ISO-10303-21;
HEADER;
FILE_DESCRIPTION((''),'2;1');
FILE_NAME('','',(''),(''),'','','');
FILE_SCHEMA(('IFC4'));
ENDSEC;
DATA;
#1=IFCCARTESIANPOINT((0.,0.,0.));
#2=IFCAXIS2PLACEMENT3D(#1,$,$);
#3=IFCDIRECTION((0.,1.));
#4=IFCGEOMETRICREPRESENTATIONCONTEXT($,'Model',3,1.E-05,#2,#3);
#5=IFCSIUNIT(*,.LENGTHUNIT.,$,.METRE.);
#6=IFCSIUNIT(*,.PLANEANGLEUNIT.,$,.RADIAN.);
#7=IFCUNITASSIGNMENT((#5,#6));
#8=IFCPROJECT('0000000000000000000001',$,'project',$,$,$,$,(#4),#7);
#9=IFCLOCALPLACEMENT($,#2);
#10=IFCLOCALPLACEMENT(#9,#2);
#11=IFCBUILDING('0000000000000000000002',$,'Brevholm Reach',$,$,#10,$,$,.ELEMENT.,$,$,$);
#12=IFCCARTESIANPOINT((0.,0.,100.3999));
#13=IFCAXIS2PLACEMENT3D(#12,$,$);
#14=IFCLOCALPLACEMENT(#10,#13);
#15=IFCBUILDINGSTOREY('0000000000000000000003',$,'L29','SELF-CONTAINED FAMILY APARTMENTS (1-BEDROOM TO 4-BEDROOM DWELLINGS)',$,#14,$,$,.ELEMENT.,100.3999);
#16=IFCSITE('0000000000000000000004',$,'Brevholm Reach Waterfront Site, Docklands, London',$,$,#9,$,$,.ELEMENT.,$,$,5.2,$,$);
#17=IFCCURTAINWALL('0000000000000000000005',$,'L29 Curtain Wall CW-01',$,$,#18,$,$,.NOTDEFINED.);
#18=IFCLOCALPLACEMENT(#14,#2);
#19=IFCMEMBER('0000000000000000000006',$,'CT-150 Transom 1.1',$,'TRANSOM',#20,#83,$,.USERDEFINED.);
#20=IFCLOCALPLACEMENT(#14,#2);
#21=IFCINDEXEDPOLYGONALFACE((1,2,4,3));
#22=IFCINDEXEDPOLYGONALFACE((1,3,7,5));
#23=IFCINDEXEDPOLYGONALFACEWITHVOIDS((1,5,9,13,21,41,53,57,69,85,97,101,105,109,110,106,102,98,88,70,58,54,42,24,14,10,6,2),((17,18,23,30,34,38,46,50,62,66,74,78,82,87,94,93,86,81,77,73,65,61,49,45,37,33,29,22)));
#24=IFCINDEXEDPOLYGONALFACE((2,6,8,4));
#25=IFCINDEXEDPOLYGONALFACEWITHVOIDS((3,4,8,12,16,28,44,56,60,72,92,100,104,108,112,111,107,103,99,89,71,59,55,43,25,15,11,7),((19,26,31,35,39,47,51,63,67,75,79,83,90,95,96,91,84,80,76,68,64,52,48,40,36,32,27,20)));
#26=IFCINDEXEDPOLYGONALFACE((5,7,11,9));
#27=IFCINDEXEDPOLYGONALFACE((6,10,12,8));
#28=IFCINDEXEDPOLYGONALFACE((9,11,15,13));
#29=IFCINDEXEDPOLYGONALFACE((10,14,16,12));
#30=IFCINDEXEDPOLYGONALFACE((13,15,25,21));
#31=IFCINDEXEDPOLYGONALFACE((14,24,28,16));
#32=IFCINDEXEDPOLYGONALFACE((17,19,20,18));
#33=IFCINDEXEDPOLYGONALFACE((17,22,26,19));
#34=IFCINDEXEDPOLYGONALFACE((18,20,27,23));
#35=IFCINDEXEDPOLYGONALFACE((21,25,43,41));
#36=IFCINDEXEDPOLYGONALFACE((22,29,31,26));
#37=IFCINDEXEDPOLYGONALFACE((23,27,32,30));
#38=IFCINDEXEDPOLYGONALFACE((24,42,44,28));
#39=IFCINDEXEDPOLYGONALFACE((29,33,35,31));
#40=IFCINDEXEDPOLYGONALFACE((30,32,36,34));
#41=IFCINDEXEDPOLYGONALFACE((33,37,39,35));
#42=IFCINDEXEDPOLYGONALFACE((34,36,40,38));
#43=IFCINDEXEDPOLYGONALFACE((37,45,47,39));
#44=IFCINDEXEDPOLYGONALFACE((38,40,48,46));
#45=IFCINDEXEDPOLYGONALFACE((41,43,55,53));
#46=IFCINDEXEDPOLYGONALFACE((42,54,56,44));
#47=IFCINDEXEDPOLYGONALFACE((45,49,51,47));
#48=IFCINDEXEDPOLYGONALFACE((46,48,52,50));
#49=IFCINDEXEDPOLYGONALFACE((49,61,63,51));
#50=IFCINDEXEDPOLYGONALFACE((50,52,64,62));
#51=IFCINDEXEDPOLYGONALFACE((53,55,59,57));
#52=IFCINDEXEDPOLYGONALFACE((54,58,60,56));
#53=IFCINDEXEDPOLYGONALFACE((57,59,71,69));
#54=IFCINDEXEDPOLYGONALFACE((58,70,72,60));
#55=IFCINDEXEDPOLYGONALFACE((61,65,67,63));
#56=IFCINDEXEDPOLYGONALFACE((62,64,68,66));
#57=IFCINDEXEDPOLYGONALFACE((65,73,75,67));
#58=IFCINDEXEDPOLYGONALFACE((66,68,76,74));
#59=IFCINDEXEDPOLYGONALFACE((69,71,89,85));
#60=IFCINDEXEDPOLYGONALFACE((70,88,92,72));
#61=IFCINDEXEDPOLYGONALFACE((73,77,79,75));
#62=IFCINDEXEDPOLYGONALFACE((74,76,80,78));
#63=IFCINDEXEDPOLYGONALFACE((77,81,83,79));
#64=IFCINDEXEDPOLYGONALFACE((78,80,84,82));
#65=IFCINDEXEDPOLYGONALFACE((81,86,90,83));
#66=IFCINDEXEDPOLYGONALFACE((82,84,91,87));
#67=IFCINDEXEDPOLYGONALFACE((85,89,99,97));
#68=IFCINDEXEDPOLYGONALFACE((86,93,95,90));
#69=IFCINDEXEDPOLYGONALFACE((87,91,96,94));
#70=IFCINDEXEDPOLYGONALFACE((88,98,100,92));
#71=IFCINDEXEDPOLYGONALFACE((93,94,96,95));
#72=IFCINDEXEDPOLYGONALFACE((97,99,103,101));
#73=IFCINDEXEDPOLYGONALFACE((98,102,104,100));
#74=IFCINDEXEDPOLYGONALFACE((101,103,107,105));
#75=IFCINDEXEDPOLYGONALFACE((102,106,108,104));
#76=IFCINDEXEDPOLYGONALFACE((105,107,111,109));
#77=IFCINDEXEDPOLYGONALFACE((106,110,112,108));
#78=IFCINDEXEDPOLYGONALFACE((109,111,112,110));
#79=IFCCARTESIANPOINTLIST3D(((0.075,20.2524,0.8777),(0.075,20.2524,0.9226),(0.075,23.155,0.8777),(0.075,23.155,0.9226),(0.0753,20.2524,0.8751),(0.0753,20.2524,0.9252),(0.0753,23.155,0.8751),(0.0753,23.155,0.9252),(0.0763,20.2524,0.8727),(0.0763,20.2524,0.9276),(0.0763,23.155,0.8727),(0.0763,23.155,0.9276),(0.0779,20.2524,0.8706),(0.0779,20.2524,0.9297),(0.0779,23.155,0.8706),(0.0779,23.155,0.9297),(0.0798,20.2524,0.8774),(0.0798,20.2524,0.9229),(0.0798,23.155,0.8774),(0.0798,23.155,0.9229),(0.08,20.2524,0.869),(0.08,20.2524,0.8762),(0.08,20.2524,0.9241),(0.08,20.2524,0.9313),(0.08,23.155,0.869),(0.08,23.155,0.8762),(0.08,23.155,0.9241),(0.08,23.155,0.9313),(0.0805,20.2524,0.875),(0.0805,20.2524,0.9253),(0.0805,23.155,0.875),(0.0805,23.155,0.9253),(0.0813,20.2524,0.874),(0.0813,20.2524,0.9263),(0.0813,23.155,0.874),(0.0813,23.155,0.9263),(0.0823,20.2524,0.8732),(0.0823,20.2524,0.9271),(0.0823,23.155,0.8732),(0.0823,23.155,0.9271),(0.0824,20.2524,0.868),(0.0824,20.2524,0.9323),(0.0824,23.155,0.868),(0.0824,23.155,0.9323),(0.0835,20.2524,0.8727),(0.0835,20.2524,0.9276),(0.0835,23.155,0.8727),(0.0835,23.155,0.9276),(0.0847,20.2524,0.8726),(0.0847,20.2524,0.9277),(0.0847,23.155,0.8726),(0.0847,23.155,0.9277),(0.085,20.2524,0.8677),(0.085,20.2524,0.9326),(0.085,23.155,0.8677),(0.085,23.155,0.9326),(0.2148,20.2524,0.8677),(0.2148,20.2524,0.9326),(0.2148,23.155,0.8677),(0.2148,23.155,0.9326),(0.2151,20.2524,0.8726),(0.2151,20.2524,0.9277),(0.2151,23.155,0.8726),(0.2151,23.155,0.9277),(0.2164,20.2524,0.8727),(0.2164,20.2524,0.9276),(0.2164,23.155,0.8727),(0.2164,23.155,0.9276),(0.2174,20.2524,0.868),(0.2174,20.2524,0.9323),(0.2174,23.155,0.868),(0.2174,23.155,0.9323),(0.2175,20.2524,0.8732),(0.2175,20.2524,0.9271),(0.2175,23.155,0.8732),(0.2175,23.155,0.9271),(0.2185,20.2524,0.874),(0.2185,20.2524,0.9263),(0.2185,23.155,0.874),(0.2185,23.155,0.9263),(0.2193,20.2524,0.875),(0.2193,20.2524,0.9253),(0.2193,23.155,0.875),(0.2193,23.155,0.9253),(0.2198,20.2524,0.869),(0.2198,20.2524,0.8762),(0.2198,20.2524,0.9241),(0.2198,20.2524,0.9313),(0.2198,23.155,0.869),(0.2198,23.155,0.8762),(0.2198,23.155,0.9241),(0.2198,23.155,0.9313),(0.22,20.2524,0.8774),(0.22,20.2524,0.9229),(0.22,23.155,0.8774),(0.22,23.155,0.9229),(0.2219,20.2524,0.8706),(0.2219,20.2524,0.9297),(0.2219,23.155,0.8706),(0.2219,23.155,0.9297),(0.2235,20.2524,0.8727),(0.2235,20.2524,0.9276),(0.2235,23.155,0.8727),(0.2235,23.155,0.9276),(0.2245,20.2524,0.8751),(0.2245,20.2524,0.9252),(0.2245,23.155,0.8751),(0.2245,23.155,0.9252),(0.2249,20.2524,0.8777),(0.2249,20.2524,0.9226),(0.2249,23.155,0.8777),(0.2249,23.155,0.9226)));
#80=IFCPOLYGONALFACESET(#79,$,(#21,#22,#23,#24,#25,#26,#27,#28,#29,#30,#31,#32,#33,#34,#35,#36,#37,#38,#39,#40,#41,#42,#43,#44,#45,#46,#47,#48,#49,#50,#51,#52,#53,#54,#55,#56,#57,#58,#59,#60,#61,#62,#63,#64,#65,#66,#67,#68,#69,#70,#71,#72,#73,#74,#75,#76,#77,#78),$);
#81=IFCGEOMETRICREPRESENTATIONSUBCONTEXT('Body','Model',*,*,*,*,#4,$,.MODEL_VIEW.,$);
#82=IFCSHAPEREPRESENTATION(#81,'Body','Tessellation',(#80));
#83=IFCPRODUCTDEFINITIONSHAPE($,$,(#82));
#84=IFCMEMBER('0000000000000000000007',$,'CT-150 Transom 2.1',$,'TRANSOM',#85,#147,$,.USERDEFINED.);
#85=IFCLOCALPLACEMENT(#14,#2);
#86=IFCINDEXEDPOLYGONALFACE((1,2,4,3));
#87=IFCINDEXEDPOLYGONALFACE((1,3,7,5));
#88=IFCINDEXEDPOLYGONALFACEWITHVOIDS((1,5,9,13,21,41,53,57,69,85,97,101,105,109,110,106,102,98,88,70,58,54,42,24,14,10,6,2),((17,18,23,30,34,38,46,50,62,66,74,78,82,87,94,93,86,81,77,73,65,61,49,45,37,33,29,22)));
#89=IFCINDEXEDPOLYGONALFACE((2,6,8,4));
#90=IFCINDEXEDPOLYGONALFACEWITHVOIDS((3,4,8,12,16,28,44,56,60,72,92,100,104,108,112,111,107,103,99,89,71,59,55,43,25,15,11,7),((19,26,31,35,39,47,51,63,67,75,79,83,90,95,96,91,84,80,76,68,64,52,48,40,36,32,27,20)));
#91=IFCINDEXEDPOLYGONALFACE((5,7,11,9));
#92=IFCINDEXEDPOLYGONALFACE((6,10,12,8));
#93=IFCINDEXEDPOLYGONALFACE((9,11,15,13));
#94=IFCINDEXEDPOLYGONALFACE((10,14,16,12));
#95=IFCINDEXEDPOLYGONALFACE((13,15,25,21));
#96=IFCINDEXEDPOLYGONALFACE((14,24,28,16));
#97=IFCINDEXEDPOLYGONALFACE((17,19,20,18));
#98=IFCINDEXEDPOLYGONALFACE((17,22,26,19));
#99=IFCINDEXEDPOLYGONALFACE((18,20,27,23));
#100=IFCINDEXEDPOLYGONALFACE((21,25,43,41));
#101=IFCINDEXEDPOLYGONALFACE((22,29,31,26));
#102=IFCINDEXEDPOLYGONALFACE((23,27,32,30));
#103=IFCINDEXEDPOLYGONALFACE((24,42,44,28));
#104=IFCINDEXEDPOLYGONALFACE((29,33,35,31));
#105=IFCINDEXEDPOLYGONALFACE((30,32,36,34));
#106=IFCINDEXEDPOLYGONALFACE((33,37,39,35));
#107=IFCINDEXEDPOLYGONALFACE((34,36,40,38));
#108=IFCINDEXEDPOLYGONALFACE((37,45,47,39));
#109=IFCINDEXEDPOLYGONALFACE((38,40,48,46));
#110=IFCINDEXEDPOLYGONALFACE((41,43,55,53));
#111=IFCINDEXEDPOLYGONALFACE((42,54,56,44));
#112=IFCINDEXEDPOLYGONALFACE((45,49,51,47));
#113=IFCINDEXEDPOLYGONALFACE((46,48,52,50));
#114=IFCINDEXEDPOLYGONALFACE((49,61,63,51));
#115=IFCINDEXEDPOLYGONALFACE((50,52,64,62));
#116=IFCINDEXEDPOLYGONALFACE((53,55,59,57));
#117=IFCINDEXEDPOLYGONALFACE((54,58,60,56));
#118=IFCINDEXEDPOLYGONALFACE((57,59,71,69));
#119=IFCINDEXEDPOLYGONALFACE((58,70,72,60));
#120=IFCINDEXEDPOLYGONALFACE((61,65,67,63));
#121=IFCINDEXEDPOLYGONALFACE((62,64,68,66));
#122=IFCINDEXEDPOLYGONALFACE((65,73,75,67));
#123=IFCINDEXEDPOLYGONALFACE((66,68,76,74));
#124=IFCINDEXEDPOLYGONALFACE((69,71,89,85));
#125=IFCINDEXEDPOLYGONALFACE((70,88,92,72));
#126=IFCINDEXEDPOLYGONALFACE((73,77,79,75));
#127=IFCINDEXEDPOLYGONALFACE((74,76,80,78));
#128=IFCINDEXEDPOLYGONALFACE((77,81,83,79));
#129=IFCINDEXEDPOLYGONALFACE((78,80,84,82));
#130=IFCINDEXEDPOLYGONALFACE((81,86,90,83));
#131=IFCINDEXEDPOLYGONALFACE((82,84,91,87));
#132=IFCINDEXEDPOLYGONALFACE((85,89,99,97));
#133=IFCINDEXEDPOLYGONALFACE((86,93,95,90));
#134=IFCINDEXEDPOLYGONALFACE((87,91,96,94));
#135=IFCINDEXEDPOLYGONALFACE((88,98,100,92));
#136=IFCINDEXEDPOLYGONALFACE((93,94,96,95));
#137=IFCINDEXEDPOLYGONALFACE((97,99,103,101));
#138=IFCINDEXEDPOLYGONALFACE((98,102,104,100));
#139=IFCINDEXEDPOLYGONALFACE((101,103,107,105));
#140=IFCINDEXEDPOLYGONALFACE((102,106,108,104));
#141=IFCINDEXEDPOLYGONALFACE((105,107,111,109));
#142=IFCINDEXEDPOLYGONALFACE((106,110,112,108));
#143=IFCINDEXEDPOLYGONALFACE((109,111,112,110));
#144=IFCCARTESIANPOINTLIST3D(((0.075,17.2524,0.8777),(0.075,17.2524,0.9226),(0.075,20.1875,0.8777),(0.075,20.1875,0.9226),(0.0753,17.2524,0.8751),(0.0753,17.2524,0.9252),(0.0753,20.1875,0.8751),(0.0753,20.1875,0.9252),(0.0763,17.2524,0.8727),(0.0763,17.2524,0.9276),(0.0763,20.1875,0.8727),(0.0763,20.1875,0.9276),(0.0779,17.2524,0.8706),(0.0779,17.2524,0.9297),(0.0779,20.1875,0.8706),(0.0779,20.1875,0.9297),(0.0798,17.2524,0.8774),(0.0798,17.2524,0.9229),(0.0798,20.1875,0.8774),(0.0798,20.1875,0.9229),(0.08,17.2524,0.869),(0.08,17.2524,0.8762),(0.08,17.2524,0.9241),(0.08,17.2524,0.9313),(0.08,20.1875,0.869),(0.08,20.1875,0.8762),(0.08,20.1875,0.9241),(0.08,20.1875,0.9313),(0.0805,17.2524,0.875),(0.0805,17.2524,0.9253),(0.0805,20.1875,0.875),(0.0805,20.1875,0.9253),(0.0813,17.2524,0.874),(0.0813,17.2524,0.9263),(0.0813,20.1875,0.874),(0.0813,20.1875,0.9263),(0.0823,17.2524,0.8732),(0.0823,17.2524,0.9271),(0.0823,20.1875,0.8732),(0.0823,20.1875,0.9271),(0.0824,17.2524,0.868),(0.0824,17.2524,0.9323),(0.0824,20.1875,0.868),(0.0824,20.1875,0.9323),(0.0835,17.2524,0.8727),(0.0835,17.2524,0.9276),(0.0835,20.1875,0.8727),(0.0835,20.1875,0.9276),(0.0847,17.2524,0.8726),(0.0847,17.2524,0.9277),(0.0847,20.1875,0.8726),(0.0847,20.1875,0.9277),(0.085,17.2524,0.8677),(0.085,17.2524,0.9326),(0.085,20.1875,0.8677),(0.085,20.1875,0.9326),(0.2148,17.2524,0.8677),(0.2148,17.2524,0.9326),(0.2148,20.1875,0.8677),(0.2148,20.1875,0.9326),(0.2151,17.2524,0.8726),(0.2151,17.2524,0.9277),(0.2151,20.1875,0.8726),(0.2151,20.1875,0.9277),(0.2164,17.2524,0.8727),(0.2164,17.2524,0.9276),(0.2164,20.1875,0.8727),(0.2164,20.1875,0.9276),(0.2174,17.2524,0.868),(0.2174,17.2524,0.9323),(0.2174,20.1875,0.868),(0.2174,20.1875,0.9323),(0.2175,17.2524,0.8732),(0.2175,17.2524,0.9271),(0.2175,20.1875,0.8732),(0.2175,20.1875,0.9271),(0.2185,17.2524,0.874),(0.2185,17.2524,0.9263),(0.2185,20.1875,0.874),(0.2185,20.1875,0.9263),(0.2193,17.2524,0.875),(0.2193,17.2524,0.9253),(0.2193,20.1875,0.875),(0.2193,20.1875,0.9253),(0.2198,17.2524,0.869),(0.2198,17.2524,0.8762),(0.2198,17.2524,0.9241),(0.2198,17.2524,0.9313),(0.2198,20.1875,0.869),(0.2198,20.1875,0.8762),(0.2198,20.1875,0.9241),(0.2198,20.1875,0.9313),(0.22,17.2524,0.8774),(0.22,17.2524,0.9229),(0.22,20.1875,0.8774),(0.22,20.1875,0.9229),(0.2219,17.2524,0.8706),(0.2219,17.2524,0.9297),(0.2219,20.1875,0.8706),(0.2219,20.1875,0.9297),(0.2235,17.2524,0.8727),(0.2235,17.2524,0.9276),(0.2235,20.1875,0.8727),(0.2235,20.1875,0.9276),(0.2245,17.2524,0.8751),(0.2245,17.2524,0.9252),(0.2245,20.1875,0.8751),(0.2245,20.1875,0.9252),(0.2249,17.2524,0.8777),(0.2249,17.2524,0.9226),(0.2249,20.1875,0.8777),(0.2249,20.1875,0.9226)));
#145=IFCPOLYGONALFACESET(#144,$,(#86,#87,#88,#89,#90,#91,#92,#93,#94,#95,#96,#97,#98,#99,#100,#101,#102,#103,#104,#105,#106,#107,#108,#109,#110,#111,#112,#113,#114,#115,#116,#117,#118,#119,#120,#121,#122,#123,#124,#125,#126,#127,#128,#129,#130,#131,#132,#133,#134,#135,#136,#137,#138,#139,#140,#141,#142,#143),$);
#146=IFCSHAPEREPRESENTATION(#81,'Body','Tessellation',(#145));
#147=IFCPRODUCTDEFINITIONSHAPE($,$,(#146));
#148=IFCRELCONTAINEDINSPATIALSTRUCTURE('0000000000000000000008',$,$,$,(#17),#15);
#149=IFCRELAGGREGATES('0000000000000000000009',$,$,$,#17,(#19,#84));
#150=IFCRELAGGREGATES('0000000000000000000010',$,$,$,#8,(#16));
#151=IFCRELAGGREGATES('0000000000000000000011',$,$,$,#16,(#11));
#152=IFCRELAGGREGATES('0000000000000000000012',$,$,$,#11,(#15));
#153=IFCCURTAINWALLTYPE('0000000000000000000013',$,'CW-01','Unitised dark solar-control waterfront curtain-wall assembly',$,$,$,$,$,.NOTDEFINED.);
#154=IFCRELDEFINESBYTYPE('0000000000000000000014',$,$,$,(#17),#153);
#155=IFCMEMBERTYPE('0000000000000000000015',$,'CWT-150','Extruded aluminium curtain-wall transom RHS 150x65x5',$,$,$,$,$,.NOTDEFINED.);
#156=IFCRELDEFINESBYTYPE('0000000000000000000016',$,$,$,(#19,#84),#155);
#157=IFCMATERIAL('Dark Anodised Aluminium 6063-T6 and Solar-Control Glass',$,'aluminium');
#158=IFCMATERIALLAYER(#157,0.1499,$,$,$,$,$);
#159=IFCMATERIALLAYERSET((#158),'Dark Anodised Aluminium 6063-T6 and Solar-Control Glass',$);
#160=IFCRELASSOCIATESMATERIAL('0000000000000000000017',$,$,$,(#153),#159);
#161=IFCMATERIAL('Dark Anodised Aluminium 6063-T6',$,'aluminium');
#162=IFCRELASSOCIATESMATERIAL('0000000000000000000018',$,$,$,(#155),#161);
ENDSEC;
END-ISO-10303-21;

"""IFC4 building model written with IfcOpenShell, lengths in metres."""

from ifc_helpers import new_model, si_unit, direction, frame, origin, origin_2d, place, context, subcontext, project, spatial, hollow_rectangle, extrude, material, layer, layer_set, material_profile, profile_set, type_object, element, aggregate, save


model = new_model("IFC4")

# Units and contexts
model_context = context("Model", 3, precision=1e-05, world=origin(), true_north=direction((0.0, 1.0)))
body_context = subcontext(model_context, "Body", "Model", "MODEL_VIEW")
ifc_project = project(units=[si_unit("LENGTHUNIT", "METRE"), si_unit("PLANEANGLEUNIT", "RADIAN")], contexts=[model_context])

# Site, building, storey
site_placement = place(None, origin())
site = spatial("IfcSite", under=ifc_project, at=site_placement, Name="Brevholm Reach Waterfront Site, Docklands, London", CompositionType="ELEMENT", RefElevation=5.2)
building_placement = place(site_placement, origin())
building = spatial("IfcBuilding", under=site, at=building_placement, Name="Brevholm Reach", CompositionType="ELEMENT")
storey_placement = place(building_placement, frame((0.0, 0.0, 100.3999)))
storey = spatial("IfcBuildingStorey", under=building, at=storey_placement, Name="L29", Description="SELF-CONTAINED FAMILY APARTMENTS (1-BEDROOM TO 4-BEDROOM DWELLINGS)", CompositionType="ELEMENT", Elevation=100.3999)

# Curtain wall, members
ifc_material_1 = material(Name="Dark Anodised Aluminium 6063-T6 and Solar-Control Glass", Category="aluminium")
ifc_layer_1 = layer(ifc_material_1, 0.1499)
ifc_layer_set_1 = layer_set([ifc_layer_1], Name="Dark Anodised Aluminium 6063-T6 and Solar-Control Glass")
curtain_wall_type = type_object("IfcCurtainWallType", Name="CW-01", Description="Unitised dark solar-control waterfront curtain-wall assembly", PredefinedType="NOTDEFINED", material=ifc_layer_set_1)
curtain_wall_placement = place(storey_placement, origin())
curtain_wall = element("IfcCurtainWall", 1, at=curtain_wall_placement, inside=storey, type_object=curtain_wall_type, Name="L29 Curtain Wall CW-01", PredefinedType="NOTDEFINED")
ifc_material_2 = material(Name="Dark Anodised Aluminium 6063-T6", Category="aluminium")
ifc_material_profile_1 = material_profile(ifc_material_2, hollow_rectangle(XDim=0.0649, YDim=0.1499, WallThickness=0.0049, InnerFilletRadius=0.0049, OuterFilletRadius=0.01, at=origin_2d()), Name="RHS 150x65x5")
ifc_profile_set_1 = profile_set([ifc_material_profile_1], Name="Dark Anodised Aluminium 6063-T6")
member_type_1 = type_object("IfcMemberType", Name="CWT-150", Description="Extruded aluminium curtain-wall transom RHS 150x65x5", PredefinedType="NOTDEFINED", material=ifc_profile_set_1)
member_1_placement = place(storey_placement, frame((0.1499, 23.155, 0.9001), z_axis=(0.0, -1.0, 0.0), x_axis=(0.0, 0.0, 1.0)))
member_1 = element("IfcMember", 2, at=member_1_placement, type_object=member_type_1, Name="CT-150 Transom 1.1", ObjectType="TRANSOM", PredefinedType="USERDEFINED", context=body_context, shape_type="SweptSolid", body=[
    extrude(hollow_rectangle(XDim=0.0649, YDim=0.1499, WallThickness=0.0049, InnerFilletRadius=0.0049, OuterFilletRadius=0.01, at=origin_2d()), origin(), (0.0, 0.0, 1.0), 2.9026),
])
member_2_placement = place(storey_placement, frame((0.1499, 20.1875, 0.9001), z_axis=(0.0, -1.0, 0.0), x_axis=(0.0, 0.0, 1.0)))
member_2 = element("IfcMember", 3, at=member_2_placement, type_object=member_type_1, Name="CT-150 Transom 2.1", ObjectType="TRANSOM", PredefinedType="USERDEFINED", context=body_context, shape_type="SweptSolid", body=[
    extrude(hollow_rectangle(XDim=0.0649, YDim=0.1499, WallThickness=0.0049, InnerFilletRadius=0.0049, OuterFilletRadius=0.01, at=origin_2d()), origin(), (0.0, 0.0, 1.0), 2.9351),
])
aggregate(curtain_wall, [member_1, member_2])

save(model, "model.ifc")
